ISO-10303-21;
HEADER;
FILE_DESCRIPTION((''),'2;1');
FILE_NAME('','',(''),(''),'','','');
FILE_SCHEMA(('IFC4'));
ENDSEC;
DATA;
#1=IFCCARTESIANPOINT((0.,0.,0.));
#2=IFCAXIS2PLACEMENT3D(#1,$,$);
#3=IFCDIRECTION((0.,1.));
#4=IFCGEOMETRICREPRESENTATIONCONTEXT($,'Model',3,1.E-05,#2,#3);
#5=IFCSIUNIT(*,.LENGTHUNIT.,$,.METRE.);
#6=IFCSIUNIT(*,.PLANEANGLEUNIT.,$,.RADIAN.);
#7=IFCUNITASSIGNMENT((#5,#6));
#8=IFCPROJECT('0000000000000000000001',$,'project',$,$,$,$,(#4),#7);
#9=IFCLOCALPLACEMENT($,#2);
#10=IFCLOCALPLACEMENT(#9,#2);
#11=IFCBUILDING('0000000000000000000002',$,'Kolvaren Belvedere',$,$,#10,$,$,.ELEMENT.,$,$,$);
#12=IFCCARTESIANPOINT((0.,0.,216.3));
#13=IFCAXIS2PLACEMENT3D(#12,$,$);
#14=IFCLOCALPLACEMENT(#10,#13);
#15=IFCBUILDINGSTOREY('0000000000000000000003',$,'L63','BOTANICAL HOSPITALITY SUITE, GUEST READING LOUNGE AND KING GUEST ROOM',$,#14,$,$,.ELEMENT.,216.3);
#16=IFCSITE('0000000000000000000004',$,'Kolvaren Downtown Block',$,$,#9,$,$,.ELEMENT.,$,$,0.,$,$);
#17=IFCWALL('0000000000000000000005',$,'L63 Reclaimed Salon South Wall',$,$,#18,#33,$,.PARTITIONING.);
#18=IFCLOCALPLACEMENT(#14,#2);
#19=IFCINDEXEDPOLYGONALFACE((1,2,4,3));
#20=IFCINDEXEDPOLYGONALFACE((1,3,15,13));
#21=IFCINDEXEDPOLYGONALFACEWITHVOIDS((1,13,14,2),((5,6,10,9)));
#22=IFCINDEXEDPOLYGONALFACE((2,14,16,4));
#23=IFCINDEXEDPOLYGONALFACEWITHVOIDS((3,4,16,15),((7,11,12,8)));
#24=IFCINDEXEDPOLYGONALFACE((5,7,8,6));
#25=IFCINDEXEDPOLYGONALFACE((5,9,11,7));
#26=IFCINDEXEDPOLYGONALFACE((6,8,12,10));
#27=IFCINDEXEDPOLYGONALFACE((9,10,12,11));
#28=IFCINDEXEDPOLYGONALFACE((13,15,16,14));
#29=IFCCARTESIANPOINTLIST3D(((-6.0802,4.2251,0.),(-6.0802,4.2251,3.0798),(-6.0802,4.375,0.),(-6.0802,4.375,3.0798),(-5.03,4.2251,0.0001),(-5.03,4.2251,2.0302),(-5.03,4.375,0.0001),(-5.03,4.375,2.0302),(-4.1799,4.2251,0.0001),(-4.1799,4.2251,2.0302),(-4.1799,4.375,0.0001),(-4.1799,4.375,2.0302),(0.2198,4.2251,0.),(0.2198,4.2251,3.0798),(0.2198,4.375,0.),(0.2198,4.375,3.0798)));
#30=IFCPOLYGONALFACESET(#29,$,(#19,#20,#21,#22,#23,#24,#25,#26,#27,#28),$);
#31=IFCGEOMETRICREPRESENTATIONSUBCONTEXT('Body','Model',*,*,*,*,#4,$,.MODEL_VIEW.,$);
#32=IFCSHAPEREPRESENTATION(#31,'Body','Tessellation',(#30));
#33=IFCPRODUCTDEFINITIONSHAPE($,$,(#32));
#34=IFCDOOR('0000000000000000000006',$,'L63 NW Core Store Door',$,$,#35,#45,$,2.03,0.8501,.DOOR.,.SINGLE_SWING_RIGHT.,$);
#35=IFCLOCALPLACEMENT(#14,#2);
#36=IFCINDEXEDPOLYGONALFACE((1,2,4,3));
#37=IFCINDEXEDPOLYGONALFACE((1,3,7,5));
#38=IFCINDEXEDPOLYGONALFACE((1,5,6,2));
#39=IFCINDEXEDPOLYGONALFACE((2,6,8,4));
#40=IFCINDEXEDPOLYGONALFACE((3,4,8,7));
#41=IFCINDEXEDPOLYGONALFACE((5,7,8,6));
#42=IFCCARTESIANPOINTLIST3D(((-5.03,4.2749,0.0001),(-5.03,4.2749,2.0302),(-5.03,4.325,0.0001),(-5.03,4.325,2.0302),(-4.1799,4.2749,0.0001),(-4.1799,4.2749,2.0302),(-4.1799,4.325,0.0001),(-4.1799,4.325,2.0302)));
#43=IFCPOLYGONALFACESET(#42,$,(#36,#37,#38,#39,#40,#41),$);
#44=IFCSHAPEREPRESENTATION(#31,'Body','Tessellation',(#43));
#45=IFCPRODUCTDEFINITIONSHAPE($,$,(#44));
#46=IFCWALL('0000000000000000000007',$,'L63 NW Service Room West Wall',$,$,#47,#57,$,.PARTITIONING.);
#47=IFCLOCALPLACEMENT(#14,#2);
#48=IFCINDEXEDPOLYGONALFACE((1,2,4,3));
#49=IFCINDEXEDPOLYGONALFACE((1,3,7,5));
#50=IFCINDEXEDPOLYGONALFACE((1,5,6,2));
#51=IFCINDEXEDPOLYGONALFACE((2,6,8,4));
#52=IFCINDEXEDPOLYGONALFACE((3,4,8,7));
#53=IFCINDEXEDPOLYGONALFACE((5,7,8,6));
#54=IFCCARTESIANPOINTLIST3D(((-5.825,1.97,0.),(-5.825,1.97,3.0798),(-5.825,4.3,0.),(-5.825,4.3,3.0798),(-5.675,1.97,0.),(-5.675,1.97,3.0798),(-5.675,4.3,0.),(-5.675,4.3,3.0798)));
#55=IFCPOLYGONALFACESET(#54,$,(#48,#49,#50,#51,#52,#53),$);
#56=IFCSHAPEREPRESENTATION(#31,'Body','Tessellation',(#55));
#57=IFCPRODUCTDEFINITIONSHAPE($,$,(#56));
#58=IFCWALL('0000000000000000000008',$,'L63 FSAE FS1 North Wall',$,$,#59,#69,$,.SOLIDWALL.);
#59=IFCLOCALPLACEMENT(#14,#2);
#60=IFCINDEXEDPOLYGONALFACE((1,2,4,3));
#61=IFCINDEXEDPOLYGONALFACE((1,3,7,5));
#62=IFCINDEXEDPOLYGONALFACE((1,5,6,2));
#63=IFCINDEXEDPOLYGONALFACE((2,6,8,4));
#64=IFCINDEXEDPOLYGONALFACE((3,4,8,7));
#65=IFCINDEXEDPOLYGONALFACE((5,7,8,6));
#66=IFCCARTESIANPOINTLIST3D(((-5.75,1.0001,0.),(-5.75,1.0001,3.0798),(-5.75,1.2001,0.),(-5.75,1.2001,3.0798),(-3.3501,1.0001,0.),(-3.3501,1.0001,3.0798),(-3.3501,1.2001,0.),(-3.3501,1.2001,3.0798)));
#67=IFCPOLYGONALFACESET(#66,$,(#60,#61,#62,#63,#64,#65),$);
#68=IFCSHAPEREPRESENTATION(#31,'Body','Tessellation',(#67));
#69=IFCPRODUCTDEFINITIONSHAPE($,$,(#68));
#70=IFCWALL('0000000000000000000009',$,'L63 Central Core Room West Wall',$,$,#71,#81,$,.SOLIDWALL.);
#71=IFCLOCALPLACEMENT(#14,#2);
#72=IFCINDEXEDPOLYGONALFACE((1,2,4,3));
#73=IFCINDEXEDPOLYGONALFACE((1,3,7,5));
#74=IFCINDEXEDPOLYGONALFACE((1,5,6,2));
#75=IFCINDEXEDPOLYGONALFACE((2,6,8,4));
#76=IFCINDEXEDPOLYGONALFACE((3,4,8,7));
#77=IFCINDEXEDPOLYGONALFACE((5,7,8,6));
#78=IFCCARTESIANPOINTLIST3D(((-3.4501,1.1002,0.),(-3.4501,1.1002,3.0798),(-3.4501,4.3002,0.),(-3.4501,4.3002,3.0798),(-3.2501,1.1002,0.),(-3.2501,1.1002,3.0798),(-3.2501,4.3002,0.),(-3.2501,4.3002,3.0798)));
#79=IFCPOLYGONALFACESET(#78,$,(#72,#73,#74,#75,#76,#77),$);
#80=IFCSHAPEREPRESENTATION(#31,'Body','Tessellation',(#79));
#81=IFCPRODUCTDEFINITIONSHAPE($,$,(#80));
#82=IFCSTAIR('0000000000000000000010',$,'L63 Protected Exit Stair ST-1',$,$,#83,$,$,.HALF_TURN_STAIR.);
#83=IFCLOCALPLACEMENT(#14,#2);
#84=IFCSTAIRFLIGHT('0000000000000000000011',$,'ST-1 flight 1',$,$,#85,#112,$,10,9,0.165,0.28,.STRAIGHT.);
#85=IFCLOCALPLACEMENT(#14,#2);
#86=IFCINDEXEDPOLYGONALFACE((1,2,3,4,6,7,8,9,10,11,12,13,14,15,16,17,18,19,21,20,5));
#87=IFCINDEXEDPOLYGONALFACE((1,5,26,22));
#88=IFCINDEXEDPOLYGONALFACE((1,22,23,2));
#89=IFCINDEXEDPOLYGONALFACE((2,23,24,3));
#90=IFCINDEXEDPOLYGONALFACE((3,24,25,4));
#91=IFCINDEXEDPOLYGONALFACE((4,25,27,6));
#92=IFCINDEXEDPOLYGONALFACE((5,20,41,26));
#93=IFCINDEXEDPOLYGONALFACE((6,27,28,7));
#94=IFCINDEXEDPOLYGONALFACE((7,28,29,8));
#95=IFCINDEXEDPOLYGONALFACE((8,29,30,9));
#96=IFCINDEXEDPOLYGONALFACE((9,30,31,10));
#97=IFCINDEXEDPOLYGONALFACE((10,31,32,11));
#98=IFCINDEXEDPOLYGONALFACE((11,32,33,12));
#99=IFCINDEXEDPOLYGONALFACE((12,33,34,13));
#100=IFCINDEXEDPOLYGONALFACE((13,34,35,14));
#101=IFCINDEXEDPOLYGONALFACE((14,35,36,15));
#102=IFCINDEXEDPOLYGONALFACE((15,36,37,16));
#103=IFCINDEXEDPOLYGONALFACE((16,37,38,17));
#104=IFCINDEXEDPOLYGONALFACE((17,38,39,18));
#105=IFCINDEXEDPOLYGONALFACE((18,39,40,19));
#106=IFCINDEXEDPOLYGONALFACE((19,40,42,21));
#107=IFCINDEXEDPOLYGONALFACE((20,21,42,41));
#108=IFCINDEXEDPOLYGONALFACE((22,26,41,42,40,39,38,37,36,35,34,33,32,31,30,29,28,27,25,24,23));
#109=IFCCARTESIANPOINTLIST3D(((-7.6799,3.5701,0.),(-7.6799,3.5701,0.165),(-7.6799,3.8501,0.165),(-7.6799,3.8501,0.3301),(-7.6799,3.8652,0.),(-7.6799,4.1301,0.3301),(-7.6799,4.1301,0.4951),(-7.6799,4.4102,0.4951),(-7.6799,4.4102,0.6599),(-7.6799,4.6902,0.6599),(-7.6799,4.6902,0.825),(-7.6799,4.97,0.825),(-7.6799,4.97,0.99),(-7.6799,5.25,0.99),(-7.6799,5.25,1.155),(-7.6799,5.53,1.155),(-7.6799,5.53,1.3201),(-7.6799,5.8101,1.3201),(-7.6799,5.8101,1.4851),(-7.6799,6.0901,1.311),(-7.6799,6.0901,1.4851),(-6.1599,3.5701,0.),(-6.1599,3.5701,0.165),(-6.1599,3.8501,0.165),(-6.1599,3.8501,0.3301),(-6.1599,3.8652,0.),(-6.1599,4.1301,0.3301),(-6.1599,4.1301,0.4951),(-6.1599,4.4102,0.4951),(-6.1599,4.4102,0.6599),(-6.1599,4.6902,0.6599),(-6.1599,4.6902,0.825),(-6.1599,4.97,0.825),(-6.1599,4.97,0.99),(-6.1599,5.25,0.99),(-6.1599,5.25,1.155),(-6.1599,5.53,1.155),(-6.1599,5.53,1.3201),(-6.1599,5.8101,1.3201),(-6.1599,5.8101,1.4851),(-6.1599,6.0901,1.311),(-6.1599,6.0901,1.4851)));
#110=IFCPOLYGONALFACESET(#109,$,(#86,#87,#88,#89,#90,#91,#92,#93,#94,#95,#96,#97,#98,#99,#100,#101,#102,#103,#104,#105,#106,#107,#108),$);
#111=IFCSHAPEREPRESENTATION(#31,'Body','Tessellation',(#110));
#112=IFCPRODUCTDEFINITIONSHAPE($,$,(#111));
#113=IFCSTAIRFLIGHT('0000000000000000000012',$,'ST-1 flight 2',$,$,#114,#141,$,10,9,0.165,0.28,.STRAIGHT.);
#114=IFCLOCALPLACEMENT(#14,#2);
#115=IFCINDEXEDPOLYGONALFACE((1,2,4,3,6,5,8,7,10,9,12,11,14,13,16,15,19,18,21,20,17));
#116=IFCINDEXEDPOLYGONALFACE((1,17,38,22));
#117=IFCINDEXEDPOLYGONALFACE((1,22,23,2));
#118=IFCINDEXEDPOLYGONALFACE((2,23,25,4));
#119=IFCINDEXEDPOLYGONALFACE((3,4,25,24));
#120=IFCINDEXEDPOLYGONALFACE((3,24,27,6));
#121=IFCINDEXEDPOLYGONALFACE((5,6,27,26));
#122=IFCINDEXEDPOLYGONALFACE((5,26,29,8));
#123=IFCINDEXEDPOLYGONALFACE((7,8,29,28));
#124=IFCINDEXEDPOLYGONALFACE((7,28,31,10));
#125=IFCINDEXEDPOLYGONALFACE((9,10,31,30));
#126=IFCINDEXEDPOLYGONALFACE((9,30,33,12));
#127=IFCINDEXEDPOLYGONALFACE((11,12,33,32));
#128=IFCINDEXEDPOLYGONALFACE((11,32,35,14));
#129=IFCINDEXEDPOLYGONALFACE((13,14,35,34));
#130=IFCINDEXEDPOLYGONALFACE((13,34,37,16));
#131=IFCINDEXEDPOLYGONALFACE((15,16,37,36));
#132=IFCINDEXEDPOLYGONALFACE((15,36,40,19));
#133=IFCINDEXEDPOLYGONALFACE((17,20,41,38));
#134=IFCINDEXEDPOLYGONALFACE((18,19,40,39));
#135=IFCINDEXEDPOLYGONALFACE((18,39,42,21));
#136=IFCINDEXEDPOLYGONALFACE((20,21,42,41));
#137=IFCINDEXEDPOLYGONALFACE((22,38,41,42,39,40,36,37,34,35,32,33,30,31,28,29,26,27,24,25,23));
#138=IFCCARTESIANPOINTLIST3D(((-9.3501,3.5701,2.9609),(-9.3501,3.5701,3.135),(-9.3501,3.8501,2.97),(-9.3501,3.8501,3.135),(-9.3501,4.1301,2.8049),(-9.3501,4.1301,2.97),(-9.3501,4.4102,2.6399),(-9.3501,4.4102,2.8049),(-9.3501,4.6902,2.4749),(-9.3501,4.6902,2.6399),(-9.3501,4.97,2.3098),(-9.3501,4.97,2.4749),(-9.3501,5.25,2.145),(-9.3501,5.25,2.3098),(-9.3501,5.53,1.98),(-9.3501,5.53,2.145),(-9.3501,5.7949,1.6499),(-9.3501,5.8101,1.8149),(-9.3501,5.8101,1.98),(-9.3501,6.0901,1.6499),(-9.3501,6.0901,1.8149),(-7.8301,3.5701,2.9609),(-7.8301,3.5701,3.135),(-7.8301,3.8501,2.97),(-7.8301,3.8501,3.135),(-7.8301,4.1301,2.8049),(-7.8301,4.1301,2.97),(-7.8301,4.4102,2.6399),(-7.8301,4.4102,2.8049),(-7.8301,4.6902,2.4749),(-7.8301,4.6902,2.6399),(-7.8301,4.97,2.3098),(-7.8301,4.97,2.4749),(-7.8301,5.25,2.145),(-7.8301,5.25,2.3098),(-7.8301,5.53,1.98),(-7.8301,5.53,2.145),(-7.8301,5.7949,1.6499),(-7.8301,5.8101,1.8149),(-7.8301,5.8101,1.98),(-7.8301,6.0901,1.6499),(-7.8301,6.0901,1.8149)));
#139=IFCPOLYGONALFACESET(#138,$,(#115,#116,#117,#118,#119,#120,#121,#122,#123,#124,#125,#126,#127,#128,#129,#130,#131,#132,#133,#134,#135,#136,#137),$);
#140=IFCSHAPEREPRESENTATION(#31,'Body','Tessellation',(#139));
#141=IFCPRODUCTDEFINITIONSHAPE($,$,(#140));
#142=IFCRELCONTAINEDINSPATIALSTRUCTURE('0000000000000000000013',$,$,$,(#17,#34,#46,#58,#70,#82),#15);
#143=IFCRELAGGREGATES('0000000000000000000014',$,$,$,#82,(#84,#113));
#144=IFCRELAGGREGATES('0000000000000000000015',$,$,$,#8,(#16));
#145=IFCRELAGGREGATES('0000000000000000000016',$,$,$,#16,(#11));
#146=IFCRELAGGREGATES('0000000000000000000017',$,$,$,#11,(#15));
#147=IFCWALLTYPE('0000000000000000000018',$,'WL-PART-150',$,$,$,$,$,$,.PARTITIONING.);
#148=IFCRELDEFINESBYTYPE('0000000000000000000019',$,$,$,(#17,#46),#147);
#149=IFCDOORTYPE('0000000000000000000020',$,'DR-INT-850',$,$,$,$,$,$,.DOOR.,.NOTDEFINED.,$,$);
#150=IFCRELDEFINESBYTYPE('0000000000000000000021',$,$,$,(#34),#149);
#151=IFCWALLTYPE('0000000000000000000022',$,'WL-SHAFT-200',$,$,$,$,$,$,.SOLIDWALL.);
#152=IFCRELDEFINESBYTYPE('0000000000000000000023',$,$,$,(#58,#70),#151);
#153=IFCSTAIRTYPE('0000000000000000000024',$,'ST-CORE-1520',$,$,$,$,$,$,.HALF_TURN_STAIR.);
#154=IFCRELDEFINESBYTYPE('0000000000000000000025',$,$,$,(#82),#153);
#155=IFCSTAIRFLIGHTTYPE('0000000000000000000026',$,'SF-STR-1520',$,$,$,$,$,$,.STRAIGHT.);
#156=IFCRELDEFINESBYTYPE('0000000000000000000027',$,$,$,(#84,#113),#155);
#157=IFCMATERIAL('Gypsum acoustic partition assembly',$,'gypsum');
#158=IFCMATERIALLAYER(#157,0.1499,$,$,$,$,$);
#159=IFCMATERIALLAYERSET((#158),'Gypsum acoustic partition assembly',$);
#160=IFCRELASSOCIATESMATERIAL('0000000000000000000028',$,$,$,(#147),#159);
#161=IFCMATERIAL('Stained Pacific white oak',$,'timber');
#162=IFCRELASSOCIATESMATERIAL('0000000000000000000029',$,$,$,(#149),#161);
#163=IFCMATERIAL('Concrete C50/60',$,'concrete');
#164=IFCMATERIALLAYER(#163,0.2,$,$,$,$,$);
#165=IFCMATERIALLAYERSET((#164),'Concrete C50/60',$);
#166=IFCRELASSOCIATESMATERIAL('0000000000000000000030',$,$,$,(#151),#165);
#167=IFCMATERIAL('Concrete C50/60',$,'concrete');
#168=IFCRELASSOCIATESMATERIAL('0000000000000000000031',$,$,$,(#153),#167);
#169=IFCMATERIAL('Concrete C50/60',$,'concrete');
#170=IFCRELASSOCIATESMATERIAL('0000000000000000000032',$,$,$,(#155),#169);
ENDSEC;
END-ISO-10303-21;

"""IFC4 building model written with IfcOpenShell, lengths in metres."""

from ifc_helpers import new_model, si_unit, direction, frame, frame_2d, origin, place, context, subcontext, project, spatial, polyline, rectangle, outline, extrude, material, layer, layer_set, type_object, element, fill, aggregate, save


model = new_model("IFC4")

# Units and contexts
model_context = context("Model", 3, precision=1e-05, world=origin(), true_north=direction((0.0, 1.0)))
body_context = subcontext(model_context, "Body", "Model", "MODEL_VIEW")
ifc_project = project(units=[si_unit("LENGTHUNIT", "METRE"), si_unit("PLANEANGLEUNIT", "RADIAN")], contexts=[model_context])

# Site, building, storey
site_placement = place(None, origin())
site = spatial("IfcSite", under=ifc_project, at=site_placement, Name="Kolvaren Downtown Block", CompositionType="ELEMENT", RefElevation=0.0)
building_placement = place(site_placement, origin())
building = spatial("IfcBuilding", under=site, at=building_placement, Name="Kolvaren Belvedere", CompositionType="ELEMENT")
storey_placement = place(building_placement, frame((0.0, 0.0, 216.3)))
storey = spatial("IfcBuildingStorey", under=building, at=storey_placement, Name="L63", Description="BOTANICAL HOSPITALITY SUITE, GUEST READING LOUNGE AND KING GUEST ROOM", CompositionType="ELEMENT", Elevation=216.3)

# Wall, opening, door
ifc_material_1 = material(Name="Gypsum acoustic partition assembly", Category="gypsum")
ifc_layer_1 = layer(ifc_material_1, 0.1499)
ifc_layer_set_1 = layer_set([ifc_layer_1], Name="Gypsum acoustic partition assembly")
wall_type_1 = type_object("IfcWallType", Name="WL-PART-150", PredefinedType="PARTITIONING", material=ifc_layer_set_1)
wall_1_placement = place(storey_placement, frame((-6.0801, 4.3, 0.0), z_axis=(0.0, 0.0, 1.0), x_axis=(1.0, 0.0, 0.0)))
wall_1 = element("IfcWall", 1, at=wall_1_placement, inside=storey, type_object=wall_type_1, Name="L63 Reclaimed Salon South Wall", PredefinedType="PARTITIONING", context=body_context, shape_type="SweptSolid", body=[
    extrude(rectangle(XDim=6.3, YDim=0.1499, at=frame_2d((3.1499, 0.0))), origin(), (0.0, 0.0, 1.0), 3.0798),
])
opening_1_placement = place(wall_1_placement, frame((1.05, 0.0, 0.0)))
opening_1 = element("IfcOpeningElement", 2, at=opening_1_placement, cuts=wall_1, PredefinedType="OPENING", context=body_context, shape_type="SweptSolid", body=[
    extrude(rectangle(XDim=0.8501, YDim=2.03, at=frame_2d((0.425, 1.0151))), frame((0.0, 0.085, 0.0), z_axis=(0.0, -1.0, 0.0), x_axis=(1.0, 0.0, 0.0)), (0.0, 0.0, 1.0), 0.1699),
])
ifc_material_2 = material(Name="Stained Pacific white oak", Category="timber")
door_type_1 = type_object("IfcDoorType", Name="DR-INT-850", OperationType="NOTDEFINED", PredefinedType="DOOR", material=ifc_material_2)
door_1_placement = place(opening_1_placement, origin())
door_1 = element("IfcDoor", 3, at=door_1_placement, inside=storey, type_object=door_type_1, Name="L63 NW Core Store Door", OperationType="SINGLE_SWING_RIGHT", OverallHeight=2.03, OverallWidth=0.8501, PredefinedType="DOOR", context=body_context, shape_type="SweptSolid", body=[
    extrude(rectangle(XDim=0.8501, YDim=2.03, at=frame_2d((0.425, 1.0151))), frame((0.0, 0.0249, 0.0), z_axis=(0.0, -1.0, 0.0), x_axis=(1.0, 0.0, 0.0)), (0.0, 0.0, 1.0), 0.05),
])
fill(opening_1, door_1)

# Walls
wall_2_placement = place(storey_placement, frame((-5.75, 1.97, 0.0), z_axis=(0.0, 0.0, 1.0), x_axis=(0.0, 1.0, 0.0)))
element("IfcWall", 4, at=wall_2_placement, inside=storey, type_object=wall_type_1, Name="L63 NW Service Room West Wall", PredefinedType="PARTITIONING", context=body_context, shape_type="SweptSolid", body=[
    extrude(rectangle(XDim=2.3301, YDim=0.1499, at=frame_2d((1.165, 0.0))), origin(), (0.0, 0.0, 1.0), 3.0798),
])
ifc_material_3 = material(Name="Concrete C50/60", Category="concrete")
ifc_layer_2 = layer(ifc_material_3, 0.2)
ifc_layer_set_2 = layer_set([ifc_layer_2], Name="Concrete C50/60")
wall_type_2 = type_object("IfcWallType", Name="WL-SHAFT-200", PredefinedType="SOLIDWALL", material=ifc_layer_set_2)
wall_3_placement = place(storey_placement, frame((-5.75, 1.1001, 0.0), z_axis=(0.0, 0.0, 1.0), x_axis=(1.0, 0.0, 0.0)))
element("IfcWall", 5, at=wall_3_placement, inside=storey, type_object=wall_type_2, Name="L63 FSAE FS1 North Wall", PredefinedType="SOLIDWALL", context=body_context, shape_type="SweptSolid", body=[
    extrude(rectangle(XDim=2.3999, YDim=0.2, at=frame_2d((1.2, 0.0))), origin(), (0.0, 0.0, 1.0), 3.0798),
])
wall_4_placement = place(storey_placement, frame((-3.3501, 1.1001, 0.0), z_axis=(0.0, 0.0, 1.0), x_axis=(0.0, 1.0, 0.0)))
element("IfcWall", 6, at=wall_4_placement, inside=storey, type_object=wall_type_2, Name="L63 Central Core Room West Wall", PredefinedType="SOLIDWALL", context=body_context, shape_type="SweptSolid", body=[
    extrude(rectangle(XDim=3.2, YDim=0.2, at=frame_2d((1.6001, 0.0))), origin(), (0.0, 0.0, 1.0), 3.0798),
])

# Stair, stair flights
ifc_material_4 = material(Name="Concrete C50/60", Category="concrete")
stair_type = type_object("IfcStairType", Name="ST-CORE-1520", PredefinedType="HALF_TURN_STAIR", material=ifc_material_4)
stair_placement = place(storey_placement, origin())
stair = element("IfcStair", 7, at=stair_placement, inside=storey, type_object=stair_type, Name="L63 Protected Exit Stair ST-1", PredefinedType="HALF_TURN_STAIR")
ifc_material_5 = material(Name="Concrete C50/60", Category="concrete")
stair_flight_type = type_object("IfcStairFlightType", Name="SF-STR-1520", PredefinedType="STRAIGHT", material=ifc_material_5)
stair_flight_1_placement = place(storey_placement, frame((-6.9199, 3.5701, 0.0), z_axis=(0.0, 0.0, 1.0), x_axis=(0.0, 1.0, 0.0)))
stair_flight_1 = element("IfcStairFlight", 8, at=stair_flight_1_placement, type_object=stair_flight_type, Name="ST-1 flight 1", NumberOfRisers=10, NumberOfTreads=9, PredefinedType="STRAIGHT", RiserHeight=0.165, TreadLength=0.28, context=body_context, shape_type="SweptSolid", body=[
    extrude(outline(polyline([(0.0, 0.0), (0.0, 0.165), (0.28, 0.165), (0.28, 0.3301), (0.5601, 0.3301), (0.5601, 0.4951), (0.8401, 0.4951), (0.8401, 0.6599), (1.1201, 0.6599), (1.1201, 0.825), (1.3999, 0.825), (1.3999, 0.99), (1.6799, 0.99), (1.6799, 1.155), (1.96, 1.155), (1.96, 1.3201), (2.24, 1.3201), (2.24, 1.4851), (2.52, 1.4851), (2.52, 1.6499), (2.52, 1.311), (0.2952, 0.0), (0.0, 0.0)])), frame((0.0, 0.76, 0.0), z_axis=(0.0, -1.0, 0.0), x_axis=(1.0, 0.0, 0.0)), (0.0, 0.0, 1.0), 1.52),
])
stair_flight_2_placement = place(storey_placement, frame((-8.5901, 6.0901, 1.6499), z_axis=(0.0, 0.0, 1.0), x_axis=(0.0, -1.0, 0.0)))
stair_flight_2 = element("IfcStairFlight", 9, at=stair_flight_2_placement, type_object=stair_flight_type, Name="ST-1 flight 2", NumberOfRisers=10, NumberOfTreads=9, PredefinedType="STRAIGHT", RiserHeight=0.165, TreadLength=0.28, context=body_context, shape_type="SweptSolid", body=[
    extrude(outline(polyline([(0.0, 0.0), (0.0, 0.165), (0.28, 0.165), (0.28, 0.3301), (0.5601, 0.3301), (0.5601, 0.4951), (0.8401, 0.4951), (0.8401, 0.6599), (1.1201, 0.6599), (1.1201, 0.825), (1.3999, 0.825), (1.3999, 0.99), (1.6799, 0.99), (1.6799, 1.155), (1.96, 1.155), (1.96, 1.3201), (2.24, 1.3201), (2.24, 1.4851), (2.52, 1.4851), (2.52, 1.6499), (2.52, 1.311), (0.2952, 0.0), (0.0, 0.0)])), frame((0.0, 0.76, 0.0), z_axis=(0.0, -1.0, 0.0), x_axis=(1.0, 0.0, 0.0)), (0.0, 0.0, 1.0), 1.52),
])
aggregate(stair, [stair_flight_1, stair_flight_2])

save(model, "model.ifc")
